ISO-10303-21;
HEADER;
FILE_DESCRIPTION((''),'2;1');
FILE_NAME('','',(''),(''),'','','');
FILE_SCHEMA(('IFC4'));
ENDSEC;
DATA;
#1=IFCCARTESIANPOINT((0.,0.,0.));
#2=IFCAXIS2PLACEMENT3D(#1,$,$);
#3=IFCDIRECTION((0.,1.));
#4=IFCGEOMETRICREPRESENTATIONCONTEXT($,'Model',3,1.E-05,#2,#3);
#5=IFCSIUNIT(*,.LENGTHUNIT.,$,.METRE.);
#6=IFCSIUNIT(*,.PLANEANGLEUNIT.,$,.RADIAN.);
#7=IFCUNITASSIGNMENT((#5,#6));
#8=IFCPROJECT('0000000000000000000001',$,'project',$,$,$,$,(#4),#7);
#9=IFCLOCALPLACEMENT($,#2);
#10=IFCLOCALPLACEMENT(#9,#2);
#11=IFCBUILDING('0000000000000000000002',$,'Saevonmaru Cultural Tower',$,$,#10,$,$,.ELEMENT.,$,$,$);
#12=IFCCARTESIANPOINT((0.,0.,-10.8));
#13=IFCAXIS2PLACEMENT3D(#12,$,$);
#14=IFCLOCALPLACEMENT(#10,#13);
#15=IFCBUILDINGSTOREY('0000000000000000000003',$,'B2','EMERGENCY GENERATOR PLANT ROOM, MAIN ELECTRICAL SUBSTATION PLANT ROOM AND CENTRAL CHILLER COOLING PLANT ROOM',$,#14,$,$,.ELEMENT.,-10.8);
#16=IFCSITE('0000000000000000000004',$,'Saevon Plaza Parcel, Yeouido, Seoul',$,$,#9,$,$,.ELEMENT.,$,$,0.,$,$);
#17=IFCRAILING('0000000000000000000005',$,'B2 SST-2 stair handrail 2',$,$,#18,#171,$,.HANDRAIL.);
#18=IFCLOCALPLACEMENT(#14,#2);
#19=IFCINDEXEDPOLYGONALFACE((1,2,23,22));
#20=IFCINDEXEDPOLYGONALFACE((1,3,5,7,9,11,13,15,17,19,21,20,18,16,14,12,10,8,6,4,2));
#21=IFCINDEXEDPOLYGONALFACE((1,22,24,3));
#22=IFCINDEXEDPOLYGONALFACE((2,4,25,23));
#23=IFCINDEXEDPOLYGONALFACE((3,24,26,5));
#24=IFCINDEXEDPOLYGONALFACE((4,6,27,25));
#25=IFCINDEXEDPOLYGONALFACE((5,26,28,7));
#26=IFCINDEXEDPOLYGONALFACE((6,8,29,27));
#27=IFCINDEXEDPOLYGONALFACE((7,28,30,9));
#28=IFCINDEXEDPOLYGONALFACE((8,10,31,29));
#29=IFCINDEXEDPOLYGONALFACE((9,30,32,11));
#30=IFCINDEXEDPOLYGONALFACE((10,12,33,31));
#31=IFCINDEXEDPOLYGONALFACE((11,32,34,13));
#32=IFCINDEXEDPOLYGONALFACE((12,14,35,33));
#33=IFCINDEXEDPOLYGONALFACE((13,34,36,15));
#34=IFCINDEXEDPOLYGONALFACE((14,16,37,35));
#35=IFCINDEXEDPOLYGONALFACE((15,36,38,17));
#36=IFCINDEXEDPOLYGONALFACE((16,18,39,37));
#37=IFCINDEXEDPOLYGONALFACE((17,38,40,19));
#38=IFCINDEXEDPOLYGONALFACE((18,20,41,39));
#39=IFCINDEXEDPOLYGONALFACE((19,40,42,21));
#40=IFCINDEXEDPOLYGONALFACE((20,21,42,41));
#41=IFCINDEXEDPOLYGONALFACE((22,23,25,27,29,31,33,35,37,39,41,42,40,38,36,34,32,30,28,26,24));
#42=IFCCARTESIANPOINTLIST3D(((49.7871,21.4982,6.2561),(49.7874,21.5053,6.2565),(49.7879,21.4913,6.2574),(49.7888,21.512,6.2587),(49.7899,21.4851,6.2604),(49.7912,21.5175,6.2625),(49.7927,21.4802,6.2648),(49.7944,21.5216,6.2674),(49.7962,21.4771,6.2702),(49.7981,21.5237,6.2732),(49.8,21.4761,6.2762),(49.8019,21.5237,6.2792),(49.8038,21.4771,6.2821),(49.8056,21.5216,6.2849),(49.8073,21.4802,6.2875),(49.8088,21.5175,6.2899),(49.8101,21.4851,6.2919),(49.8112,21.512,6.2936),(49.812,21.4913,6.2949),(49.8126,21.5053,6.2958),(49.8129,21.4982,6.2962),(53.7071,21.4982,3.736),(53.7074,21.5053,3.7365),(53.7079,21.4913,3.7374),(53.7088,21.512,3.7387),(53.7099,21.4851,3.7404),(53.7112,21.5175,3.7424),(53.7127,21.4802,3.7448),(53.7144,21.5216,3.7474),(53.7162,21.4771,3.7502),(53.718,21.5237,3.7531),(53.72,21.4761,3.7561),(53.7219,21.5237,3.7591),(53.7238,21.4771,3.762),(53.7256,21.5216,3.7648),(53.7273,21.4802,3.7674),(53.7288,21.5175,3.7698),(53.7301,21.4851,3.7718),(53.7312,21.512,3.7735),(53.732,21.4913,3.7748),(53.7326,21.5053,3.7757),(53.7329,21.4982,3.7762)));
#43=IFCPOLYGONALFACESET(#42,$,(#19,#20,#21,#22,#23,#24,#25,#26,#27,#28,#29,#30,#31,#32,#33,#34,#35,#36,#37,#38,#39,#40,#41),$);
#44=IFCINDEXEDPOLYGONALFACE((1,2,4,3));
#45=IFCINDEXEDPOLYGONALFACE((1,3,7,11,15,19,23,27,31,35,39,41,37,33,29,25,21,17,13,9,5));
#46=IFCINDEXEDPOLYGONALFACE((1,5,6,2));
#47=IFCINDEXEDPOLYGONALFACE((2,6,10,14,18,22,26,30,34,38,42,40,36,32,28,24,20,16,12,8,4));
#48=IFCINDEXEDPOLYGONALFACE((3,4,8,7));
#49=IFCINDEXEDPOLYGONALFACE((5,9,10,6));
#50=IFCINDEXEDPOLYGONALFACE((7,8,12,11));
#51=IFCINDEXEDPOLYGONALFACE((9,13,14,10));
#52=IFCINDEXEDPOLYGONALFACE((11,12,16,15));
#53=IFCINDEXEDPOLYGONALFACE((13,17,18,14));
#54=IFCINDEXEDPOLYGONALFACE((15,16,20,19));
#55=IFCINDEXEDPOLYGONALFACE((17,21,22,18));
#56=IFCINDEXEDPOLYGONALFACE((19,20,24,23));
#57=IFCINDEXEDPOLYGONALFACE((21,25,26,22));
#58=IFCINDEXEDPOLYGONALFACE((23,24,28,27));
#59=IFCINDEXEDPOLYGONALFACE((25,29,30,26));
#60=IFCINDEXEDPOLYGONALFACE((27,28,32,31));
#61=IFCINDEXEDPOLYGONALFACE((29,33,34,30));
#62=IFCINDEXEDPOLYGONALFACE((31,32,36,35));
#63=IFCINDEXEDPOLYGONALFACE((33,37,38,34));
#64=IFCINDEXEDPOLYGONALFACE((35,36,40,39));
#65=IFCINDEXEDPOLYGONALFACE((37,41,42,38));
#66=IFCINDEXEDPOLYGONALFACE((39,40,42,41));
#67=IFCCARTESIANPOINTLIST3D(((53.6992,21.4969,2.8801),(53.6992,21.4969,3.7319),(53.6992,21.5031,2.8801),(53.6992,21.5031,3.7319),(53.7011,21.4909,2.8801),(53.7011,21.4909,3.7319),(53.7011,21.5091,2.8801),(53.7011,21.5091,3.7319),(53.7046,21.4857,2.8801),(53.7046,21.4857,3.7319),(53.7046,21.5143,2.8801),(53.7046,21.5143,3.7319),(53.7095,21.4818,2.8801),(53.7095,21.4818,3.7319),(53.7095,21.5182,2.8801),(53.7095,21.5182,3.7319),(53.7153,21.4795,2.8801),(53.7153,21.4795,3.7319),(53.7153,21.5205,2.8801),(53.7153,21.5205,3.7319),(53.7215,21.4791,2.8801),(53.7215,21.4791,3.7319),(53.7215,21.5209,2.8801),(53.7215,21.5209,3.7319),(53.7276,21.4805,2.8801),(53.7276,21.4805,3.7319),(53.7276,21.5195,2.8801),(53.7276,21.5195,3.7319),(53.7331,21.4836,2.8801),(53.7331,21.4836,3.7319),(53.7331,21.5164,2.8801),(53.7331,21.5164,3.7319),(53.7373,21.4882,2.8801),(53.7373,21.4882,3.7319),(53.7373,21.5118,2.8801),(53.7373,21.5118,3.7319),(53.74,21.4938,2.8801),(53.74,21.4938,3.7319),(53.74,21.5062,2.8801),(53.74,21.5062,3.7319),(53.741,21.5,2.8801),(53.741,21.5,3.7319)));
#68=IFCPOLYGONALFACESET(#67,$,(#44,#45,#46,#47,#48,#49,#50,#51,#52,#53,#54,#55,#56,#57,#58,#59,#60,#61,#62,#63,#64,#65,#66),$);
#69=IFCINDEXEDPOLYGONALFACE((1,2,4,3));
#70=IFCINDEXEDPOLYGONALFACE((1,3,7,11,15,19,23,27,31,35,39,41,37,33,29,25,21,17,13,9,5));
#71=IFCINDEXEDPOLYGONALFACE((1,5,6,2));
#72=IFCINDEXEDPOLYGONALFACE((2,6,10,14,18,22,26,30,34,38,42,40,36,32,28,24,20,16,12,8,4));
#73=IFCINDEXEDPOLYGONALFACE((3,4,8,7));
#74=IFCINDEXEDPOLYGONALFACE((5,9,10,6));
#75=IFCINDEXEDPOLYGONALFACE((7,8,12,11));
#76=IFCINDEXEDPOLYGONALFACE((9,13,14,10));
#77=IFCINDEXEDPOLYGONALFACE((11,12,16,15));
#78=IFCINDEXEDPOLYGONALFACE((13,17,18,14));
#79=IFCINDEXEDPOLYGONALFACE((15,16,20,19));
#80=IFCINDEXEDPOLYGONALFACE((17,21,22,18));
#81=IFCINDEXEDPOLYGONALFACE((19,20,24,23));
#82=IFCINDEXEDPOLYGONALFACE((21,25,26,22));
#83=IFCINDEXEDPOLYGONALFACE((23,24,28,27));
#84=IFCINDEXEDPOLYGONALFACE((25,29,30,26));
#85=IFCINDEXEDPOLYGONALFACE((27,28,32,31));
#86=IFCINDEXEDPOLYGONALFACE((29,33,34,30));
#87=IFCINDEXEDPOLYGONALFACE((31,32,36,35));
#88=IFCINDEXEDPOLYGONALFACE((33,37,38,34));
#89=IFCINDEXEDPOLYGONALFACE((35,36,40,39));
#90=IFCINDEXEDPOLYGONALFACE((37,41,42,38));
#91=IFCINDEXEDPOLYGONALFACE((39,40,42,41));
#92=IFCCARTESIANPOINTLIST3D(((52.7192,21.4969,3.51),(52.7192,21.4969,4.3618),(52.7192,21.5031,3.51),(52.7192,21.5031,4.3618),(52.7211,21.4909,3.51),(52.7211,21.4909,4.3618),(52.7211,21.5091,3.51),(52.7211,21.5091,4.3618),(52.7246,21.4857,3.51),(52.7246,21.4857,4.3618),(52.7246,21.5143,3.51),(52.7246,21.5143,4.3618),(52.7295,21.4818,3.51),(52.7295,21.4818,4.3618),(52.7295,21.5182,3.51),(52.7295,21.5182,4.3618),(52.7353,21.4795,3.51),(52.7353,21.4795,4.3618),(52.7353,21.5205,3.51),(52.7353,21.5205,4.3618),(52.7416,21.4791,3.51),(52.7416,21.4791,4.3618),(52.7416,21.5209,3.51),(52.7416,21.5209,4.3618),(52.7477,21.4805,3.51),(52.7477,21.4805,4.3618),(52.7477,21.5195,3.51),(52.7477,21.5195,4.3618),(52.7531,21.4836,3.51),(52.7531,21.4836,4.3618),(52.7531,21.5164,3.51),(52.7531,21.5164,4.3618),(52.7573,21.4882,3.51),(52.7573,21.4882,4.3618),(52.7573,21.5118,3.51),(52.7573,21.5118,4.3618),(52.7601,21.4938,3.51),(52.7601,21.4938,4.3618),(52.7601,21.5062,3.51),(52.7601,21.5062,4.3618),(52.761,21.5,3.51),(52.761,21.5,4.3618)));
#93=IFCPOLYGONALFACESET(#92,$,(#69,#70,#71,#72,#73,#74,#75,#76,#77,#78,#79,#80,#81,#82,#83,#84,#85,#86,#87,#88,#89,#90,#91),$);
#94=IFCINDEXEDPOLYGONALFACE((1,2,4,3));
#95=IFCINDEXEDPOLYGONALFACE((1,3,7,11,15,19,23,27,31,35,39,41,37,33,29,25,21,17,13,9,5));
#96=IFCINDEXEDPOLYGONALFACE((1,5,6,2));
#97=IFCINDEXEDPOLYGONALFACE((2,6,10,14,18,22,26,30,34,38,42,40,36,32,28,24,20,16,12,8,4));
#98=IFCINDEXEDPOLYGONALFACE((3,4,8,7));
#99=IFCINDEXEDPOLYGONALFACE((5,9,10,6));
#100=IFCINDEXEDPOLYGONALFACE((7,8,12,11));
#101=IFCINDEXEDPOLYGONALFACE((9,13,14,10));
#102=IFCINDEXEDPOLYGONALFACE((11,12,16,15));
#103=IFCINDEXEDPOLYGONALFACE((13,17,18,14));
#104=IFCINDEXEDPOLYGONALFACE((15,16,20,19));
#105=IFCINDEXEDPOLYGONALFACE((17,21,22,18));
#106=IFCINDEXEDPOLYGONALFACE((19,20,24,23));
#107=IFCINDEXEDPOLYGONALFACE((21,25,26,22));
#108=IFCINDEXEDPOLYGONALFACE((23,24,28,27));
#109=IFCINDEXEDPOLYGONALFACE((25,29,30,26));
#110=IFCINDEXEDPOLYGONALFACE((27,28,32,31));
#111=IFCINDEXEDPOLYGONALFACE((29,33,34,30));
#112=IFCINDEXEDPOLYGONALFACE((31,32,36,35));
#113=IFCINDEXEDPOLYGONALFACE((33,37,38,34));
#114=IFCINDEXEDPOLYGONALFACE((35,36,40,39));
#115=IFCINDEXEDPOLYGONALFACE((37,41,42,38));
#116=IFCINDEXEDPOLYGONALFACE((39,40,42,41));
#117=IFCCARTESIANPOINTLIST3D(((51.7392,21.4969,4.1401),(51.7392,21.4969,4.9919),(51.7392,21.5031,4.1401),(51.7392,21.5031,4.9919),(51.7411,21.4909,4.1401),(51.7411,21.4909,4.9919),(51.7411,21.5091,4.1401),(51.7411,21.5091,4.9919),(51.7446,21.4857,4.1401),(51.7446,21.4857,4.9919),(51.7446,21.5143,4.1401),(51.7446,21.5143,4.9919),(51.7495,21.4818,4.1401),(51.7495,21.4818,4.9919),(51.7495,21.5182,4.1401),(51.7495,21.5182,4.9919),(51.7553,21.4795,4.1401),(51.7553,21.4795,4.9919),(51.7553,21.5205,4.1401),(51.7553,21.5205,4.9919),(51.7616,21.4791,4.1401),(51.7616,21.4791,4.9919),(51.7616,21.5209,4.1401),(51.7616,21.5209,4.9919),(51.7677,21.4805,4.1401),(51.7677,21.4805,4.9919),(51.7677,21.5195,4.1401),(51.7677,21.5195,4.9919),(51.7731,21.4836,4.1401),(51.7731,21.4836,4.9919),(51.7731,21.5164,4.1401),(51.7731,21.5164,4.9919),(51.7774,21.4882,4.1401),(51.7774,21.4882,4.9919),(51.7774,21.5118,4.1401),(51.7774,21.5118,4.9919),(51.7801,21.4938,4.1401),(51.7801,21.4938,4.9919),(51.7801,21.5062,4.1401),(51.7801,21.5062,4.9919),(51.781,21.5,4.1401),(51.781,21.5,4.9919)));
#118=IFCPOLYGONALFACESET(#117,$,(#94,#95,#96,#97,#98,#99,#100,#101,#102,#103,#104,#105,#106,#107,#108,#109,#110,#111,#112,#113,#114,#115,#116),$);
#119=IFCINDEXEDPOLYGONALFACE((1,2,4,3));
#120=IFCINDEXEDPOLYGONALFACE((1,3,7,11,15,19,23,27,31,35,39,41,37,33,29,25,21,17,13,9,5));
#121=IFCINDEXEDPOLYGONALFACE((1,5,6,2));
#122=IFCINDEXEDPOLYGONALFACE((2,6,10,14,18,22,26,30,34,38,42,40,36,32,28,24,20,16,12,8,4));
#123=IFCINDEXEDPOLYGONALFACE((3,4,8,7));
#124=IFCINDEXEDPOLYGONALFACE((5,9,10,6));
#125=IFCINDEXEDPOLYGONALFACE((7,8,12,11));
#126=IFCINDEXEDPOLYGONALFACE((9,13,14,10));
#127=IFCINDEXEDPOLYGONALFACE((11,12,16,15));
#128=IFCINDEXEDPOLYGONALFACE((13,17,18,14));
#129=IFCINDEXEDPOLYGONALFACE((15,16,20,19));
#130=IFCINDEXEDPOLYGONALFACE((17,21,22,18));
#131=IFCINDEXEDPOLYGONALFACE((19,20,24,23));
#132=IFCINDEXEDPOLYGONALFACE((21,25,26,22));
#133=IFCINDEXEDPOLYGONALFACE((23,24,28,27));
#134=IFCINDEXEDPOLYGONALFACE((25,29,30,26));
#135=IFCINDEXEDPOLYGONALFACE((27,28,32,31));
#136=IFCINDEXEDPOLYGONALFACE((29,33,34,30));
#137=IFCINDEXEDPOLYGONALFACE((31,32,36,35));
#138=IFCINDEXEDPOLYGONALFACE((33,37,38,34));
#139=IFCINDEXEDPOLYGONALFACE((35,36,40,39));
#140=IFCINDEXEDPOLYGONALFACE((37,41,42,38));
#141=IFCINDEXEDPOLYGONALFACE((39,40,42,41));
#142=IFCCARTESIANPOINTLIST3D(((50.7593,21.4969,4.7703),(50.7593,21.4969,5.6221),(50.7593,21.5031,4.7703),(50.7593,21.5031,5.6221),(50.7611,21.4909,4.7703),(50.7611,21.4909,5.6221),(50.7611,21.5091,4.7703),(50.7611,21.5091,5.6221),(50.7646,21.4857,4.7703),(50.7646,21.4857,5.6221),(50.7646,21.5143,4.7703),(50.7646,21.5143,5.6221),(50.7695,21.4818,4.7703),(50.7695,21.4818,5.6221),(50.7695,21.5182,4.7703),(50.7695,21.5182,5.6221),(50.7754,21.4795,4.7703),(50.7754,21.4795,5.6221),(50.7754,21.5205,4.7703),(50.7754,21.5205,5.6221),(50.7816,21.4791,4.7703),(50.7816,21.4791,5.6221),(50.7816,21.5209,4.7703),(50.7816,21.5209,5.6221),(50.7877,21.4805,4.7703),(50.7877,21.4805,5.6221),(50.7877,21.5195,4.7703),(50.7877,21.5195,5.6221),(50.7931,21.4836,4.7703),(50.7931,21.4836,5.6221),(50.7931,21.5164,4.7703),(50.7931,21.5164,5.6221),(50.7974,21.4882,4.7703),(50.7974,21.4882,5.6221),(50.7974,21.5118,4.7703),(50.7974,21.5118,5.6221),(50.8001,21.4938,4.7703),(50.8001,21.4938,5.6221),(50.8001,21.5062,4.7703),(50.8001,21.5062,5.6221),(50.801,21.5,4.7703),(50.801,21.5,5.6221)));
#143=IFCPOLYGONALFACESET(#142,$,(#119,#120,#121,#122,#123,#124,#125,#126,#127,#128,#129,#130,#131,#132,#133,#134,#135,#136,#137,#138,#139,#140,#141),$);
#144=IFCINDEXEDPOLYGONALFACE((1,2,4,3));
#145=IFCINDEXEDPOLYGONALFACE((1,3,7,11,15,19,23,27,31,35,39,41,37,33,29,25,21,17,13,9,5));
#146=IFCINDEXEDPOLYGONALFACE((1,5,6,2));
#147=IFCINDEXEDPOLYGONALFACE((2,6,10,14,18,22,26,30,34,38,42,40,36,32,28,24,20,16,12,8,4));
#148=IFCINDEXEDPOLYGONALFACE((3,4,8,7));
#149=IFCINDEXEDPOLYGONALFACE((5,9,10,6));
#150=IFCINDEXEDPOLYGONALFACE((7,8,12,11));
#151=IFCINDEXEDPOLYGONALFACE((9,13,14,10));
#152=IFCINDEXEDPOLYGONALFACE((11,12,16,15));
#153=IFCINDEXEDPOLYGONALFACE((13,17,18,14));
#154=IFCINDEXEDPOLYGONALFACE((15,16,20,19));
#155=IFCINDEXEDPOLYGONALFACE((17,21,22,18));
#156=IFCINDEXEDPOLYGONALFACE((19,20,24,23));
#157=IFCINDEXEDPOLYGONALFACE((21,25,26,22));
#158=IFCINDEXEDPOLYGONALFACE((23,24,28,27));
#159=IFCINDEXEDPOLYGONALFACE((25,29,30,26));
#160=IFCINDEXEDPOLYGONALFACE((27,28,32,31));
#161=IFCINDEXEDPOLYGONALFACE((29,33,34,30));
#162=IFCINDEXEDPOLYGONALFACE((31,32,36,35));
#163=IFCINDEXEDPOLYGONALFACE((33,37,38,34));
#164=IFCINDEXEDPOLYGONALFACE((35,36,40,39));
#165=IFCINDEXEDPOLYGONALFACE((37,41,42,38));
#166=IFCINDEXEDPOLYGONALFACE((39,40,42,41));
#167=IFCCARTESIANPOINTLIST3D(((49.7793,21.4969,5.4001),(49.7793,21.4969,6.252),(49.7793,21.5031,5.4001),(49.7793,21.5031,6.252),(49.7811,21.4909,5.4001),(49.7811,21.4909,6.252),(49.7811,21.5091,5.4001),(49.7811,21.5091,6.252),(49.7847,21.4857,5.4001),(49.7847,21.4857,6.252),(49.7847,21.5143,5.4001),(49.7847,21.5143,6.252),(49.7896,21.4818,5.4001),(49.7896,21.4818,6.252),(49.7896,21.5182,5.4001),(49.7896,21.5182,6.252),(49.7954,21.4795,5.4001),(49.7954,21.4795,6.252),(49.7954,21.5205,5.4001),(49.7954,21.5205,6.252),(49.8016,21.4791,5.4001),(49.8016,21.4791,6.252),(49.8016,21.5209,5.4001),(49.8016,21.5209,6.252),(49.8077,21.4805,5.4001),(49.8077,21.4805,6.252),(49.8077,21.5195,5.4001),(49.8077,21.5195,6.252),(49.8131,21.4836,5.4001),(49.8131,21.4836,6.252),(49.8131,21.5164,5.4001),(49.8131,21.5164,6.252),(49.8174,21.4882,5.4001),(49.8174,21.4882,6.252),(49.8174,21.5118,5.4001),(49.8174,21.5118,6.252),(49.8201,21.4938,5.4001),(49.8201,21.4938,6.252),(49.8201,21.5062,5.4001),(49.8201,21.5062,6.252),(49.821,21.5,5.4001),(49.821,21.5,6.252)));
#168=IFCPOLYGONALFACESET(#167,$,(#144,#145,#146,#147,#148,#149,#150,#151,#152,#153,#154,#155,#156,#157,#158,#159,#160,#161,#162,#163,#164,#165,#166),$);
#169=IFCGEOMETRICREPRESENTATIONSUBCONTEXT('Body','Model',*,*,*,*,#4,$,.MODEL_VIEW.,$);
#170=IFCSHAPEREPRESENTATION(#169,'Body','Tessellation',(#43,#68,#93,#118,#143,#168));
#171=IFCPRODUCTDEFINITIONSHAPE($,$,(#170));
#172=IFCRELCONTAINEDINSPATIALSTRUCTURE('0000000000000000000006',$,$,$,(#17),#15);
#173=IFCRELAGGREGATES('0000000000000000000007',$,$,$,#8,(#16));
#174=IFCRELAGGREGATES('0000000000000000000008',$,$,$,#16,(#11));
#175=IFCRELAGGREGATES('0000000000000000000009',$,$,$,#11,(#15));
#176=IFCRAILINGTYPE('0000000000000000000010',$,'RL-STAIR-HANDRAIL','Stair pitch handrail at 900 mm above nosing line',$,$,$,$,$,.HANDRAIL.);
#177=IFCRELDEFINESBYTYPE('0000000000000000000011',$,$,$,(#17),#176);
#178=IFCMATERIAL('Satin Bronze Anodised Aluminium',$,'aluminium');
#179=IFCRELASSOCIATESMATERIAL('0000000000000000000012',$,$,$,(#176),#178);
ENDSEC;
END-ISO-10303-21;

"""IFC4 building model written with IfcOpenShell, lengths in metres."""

from ifc_helpers import new_model, si_unit, direction, frame, origin, origin_2d, place, context, subcontext, project, spatial, circle, extrude, material, type_object, element, save


model = new_model("IFC4")

# Units and contexts
model_context = context("Model", 3, precision=1e-05, world=origin(), true_north=direction((0.0, 1.0)))
body_context = subcontext(model_context, "Body", "Model", "MODEL_VIEW")
ifc_project = project(units=[si_unit("LENGTHUNIT", "METRE"), si_unit("PLANEANGLEUNIT", "RADIAN")], contexts=[model_context])

# Site, building, storey
site_placement = place(None, origin())
site = spatial("IfcSite", under=ifc_project, at=site_placement, Name="Saevon Plaza Parcel, Yeouido, Seoul", CompositionType="ELEMENT", RefElevation=0.0)
building_placement = place(site_placement, origin())
building = spatial("IfcBuilding", under=site, at=building_placement, Name="Saevonmaru Cultural Tower", CompositionType="ELEMENT")
storey_placement = place(building_placement, frame((0.0, 0.0, -10.8)))
storey = spatial("IfcBuildingStorey", under=building, at=storey_placement, Name="B2", Description="EMERGENCY GENERATOR PLANT ROOM, MAIN ELECTRICAL SUBSTATION PLANT ROOM AND CENTRAL CHILLER COOLING PLANT ROOM", CompositionType="ELEMENT", Elevation=-10.8)

# Shared definitions
ifc_material_1 = material(Name="Satin Bronze Anodised Aluminium", Category="aluminium")

# Railing
railing_type_1 = type_object("IfcRailingType", Name="RL-STAIR-HANDRAIL", Description="Stair pitch handrail at 900 mm above nosing line", PredefinedType="HANDRAIL", material=ifc_material_1)
railing_1_placement = place(storey_placement, frame((53.72, 21.5, 2.8801)))
element("IfcRailing", 1, at=railing_1_placement, inside=storey, type_object=railing_type_1, Name="B2 SST-2 stair handrail 2", PredefinedType="HANDRAIL", context=body_context, shape_type="SweptSolid", body=[
    extrude(circle(Radius=0.0239, at=origin_2d()), frame((0.0, 0.0, 0.876), z_axis=(-0.841172, 0.0, 0.540768), x_axis=(0.0, -1.0, 0.0)), (0.0, 0.0, 1.0), 4.6602),
    extrude(circle(Radius=0.021, at=origin_2d()), origin(), (0.0, 0.0, 1.0), 0.8518),
    extrude(circle(Radius=0.021, at=origin_2d()), frame((-0.98, 0.0, 0.6299)), (0.0, 0.0, 1.0), 0.8518),
    extrude(circle(Radius=0.021, at=origin_2d()), frame((-1.96, 0.0, 1.26)), (0.0, 0.0, 1.0), 0.8518),
    extrude(circle(Radius=0.021, at=origin_2d()), frame((-2.9399, 0.0, 1.8901)), (0.0, 0.0, 1.0), 0.8518),
    extrude(circle(Radius=0.021, at=origin_2d()), frame((-3.9199, 0.0, 2.52)), (0.0, 0.0, 1.0), 0.8518),
])

save(model, "model.ifc")
